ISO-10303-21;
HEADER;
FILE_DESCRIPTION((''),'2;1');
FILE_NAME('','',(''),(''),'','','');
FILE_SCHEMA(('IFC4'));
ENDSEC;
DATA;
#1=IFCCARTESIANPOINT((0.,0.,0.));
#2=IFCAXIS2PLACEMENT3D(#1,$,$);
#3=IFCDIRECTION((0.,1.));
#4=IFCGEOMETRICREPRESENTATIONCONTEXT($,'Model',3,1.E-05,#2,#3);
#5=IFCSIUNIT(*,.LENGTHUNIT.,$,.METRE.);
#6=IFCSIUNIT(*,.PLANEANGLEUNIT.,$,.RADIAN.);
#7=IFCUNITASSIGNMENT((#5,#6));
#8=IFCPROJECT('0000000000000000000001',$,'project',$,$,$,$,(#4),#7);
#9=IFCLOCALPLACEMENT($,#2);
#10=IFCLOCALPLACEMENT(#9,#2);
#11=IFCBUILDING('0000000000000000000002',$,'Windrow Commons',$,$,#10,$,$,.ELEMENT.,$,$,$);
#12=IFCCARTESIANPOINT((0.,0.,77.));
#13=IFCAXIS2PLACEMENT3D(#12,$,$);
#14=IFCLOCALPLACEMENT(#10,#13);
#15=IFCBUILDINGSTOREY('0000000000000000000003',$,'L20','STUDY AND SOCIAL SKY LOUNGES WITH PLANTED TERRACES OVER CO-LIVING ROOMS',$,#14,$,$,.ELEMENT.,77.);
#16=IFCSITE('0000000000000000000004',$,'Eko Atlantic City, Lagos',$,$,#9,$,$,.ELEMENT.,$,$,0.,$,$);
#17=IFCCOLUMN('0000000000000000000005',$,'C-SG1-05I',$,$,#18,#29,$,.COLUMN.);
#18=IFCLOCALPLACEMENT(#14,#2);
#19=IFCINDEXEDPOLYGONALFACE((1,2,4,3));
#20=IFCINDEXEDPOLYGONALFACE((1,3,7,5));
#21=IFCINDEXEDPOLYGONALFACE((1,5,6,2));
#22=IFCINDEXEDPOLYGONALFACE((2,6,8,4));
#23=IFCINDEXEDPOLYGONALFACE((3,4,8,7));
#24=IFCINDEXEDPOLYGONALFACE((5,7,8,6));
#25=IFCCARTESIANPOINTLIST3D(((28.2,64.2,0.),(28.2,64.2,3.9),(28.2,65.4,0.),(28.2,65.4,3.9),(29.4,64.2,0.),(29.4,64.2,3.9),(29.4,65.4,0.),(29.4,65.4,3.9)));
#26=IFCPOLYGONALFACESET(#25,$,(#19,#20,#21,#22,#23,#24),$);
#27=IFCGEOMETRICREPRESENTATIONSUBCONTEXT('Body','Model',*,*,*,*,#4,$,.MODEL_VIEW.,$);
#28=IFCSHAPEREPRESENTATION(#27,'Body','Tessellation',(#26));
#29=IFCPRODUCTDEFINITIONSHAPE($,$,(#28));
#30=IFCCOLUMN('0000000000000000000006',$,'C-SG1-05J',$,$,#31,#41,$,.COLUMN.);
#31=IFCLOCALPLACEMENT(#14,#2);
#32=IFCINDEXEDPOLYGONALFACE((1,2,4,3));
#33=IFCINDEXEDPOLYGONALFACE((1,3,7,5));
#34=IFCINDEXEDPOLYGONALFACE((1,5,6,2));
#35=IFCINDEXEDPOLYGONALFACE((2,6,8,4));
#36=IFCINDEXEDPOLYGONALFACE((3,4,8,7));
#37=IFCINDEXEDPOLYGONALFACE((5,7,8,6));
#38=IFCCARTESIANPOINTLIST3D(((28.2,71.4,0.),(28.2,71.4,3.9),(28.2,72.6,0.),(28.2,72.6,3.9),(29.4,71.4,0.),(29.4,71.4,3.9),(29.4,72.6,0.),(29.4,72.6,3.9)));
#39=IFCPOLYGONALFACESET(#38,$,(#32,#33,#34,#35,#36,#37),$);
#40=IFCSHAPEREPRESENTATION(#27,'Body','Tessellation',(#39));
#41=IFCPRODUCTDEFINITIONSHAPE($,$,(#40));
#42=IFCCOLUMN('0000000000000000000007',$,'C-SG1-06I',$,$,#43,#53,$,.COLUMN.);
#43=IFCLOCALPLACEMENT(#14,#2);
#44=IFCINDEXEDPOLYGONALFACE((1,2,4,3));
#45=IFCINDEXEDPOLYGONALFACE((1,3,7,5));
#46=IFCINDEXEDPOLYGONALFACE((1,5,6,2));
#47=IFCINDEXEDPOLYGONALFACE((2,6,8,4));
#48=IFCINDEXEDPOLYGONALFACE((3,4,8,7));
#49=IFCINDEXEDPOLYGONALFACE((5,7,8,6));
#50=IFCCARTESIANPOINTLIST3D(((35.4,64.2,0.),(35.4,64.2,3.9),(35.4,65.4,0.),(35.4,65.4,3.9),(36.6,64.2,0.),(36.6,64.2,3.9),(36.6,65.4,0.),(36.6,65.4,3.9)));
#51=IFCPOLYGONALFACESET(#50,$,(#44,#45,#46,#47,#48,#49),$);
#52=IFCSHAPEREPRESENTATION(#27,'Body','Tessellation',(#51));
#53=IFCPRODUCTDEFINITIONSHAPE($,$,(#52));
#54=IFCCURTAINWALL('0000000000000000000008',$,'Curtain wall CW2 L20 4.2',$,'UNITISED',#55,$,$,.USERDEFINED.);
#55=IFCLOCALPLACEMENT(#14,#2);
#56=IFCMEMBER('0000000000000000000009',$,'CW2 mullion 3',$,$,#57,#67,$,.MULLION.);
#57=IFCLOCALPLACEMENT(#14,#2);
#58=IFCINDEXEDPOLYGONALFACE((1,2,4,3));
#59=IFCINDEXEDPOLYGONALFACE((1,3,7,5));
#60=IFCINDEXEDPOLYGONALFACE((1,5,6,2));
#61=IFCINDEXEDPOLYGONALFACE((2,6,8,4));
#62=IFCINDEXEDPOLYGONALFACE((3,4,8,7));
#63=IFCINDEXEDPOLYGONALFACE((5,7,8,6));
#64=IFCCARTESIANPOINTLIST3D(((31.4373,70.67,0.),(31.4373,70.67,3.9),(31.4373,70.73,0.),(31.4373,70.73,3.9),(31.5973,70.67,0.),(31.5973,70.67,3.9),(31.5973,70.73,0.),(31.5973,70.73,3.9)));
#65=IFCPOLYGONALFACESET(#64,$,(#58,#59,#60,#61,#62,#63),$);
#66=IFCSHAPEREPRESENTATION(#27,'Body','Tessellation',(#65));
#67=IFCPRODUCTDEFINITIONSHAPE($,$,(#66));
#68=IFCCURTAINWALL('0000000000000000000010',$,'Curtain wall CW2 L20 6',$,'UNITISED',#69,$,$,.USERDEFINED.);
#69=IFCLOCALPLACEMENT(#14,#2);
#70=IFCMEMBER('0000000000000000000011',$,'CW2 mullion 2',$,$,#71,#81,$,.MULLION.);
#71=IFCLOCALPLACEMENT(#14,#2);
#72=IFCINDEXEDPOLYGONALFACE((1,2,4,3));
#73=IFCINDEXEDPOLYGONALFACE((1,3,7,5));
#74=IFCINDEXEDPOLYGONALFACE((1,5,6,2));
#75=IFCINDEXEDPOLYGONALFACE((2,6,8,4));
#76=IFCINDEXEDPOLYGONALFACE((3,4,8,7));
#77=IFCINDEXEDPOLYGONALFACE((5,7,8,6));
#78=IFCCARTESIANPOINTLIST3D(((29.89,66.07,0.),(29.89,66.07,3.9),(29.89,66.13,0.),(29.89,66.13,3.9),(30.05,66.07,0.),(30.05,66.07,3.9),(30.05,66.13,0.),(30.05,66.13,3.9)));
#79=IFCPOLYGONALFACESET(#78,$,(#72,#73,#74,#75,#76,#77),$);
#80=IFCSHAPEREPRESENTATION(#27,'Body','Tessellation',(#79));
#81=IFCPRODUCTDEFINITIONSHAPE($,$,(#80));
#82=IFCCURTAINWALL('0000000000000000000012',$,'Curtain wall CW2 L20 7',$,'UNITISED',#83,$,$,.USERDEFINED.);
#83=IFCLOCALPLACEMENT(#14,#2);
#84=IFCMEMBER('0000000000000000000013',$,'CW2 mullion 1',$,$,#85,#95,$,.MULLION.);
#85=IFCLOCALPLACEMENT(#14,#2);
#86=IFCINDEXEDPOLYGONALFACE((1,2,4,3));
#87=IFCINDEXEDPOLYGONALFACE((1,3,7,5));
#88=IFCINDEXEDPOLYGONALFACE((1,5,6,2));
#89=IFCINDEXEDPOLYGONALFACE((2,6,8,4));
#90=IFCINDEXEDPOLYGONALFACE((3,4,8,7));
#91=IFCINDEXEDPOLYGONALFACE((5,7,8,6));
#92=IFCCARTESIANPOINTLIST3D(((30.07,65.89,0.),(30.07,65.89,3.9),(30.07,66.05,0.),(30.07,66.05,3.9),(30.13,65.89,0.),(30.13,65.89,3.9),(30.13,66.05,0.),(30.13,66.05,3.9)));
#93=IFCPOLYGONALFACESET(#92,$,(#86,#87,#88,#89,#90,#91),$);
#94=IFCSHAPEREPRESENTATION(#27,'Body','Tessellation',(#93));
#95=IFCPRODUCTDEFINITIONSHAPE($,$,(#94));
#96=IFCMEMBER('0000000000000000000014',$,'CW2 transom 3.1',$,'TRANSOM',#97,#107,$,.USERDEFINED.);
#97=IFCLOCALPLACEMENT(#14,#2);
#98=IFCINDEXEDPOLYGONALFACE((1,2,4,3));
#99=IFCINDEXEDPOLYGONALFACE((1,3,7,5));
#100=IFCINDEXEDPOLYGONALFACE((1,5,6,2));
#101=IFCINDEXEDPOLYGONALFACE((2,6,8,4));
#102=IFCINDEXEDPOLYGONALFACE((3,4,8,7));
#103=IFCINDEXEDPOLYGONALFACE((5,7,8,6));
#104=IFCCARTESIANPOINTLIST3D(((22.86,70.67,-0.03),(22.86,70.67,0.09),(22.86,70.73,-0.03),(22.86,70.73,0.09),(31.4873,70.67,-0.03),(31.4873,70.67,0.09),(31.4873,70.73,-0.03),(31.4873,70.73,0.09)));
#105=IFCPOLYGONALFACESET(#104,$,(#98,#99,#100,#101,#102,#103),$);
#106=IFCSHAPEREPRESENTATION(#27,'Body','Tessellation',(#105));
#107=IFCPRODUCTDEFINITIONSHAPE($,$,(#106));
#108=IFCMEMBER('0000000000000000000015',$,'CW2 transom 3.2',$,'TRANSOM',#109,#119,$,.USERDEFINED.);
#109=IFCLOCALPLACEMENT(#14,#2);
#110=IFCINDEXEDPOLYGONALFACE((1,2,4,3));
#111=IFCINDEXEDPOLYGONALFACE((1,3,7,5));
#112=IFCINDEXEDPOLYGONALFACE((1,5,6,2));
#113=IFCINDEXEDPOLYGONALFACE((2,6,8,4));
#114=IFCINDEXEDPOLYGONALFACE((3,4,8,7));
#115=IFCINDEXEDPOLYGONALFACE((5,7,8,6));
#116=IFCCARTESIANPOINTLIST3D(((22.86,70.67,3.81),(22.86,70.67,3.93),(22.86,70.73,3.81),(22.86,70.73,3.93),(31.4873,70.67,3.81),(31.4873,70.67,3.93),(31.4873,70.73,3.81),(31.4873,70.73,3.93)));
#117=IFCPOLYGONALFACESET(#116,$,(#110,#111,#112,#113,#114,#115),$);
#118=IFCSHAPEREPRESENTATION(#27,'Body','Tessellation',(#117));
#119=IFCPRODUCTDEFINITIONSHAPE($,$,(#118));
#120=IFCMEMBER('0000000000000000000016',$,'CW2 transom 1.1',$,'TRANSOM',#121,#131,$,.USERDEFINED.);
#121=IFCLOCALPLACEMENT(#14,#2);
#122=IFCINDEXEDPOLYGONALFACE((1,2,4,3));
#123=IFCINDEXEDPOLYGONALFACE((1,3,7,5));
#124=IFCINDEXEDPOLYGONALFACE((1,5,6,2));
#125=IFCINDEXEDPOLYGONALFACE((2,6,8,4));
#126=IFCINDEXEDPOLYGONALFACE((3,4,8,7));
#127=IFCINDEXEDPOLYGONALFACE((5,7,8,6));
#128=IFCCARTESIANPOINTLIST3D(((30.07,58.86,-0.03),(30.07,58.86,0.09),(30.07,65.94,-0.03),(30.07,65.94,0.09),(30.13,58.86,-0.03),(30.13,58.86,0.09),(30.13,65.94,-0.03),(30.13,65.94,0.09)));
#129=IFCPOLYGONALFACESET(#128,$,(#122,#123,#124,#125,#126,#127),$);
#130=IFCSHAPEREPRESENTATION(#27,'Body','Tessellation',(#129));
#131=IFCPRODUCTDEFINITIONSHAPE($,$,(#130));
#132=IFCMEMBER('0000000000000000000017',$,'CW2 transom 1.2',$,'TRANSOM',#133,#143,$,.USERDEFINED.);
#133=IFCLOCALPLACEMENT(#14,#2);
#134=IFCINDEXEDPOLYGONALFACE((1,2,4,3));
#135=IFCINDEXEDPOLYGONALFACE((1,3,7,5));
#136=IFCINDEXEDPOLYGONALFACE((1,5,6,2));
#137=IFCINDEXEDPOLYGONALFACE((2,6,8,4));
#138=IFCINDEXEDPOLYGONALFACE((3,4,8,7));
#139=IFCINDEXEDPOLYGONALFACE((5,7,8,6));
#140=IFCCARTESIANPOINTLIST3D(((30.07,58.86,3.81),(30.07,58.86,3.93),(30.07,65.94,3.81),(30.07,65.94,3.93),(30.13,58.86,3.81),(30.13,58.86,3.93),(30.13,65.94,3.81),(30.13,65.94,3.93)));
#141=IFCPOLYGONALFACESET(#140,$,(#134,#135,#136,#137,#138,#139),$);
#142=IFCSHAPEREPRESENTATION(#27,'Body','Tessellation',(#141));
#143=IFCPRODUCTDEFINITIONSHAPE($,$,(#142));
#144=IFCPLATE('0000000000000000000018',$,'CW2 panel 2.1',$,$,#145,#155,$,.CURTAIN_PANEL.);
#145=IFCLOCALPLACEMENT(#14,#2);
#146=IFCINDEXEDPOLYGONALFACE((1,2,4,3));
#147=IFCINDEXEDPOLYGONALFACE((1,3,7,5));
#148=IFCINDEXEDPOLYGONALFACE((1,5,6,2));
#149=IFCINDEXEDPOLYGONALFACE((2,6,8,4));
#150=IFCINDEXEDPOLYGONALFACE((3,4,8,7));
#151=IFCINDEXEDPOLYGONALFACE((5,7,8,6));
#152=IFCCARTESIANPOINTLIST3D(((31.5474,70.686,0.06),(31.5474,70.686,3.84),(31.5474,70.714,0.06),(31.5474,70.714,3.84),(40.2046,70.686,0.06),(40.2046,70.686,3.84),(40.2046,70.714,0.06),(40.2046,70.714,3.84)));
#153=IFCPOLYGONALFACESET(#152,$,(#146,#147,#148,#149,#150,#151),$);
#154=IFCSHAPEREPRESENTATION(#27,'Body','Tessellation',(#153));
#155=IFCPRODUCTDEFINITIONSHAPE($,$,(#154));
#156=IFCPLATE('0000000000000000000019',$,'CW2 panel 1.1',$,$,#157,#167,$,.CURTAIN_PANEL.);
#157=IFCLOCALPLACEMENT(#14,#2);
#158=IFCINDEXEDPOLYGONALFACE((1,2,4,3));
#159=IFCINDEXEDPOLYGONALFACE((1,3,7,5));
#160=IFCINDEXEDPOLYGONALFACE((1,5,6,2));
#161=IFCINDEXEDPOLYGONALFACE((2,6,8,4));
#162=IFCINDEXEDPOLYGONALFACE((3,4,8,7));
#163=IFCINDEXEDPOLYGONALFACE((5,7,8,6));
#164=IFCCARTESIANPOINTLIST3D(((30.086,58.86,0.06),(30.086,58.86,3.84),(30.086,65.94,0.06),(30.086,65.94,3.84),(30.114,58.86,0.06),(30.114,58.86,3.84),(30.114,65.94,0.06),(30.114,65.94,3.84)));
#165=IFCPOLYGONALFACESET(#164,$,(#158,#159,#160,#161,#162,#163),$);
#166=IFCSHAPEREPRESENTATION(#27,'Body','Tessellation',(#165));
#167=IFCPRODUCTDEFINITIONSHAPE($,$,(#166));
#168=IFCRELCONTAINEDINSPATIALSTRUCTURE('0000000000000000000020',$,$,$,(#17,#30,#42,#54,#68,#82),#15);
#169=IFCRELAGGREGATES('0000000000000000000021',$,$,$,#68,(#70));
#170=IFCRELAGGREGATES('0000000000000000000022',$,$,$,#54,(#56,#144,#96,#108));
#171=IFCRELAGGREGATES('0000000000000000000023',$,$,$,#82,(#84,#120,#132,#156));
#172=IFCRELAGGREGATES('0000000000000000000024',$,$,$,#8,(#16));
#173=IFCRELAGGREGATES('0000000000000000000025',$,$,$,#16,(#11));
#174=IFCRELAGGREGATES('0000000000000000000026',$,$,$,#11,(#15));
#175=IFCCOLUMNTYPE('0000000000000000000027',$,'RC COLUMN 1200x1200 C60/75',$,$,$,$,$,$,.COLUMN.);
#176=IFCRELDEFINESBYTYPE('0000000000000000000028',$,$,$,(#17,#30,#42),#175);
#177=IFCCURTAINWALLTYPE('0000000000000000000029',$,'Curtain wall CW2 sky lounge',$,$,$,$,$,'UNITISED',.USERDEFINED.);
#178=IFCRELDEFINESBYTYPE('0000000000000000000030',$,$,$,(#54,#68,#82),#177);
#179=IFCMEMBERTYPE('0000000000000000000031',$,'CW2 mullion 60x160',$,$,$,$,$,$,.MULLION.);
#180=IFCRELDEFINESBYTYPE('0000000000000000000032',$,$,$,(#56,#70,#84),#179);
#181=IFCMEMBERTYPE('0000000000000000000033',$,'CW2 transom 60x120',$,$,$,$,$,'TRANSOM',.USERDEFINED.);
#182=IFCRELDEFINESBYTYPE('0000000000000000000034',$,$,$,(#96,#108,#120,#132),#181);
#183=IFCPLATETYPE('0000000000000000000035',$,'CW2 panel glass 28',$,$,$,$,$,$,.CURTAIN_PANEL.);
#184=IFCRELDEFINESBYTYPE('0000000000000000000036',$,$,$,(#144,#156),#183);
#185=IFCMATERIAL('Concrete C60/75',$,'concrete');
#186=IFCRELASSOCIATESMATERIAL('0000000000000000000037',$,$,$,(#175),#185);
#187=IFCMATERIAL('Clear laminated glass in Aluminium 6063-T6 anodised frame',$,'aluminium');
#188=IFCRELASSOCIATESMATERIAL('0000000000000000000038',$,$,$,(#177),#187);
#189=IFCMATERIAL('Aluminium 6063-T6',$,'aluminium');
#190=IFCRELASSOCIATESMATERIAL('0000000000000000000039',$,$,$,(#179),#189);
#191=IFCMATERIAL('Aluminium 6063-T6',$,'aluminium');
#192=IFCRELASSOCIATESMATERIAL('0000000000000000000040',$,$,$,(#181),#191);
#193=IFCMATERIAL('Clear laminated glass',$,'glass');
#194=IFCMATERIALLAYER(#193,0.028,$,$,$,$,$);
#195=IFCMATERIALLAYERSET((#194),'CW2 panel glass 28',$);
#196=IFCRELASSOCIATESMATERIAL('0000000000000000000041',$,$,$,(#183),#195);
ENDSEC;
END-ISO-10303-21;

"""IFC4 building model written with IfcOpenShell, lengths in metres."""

from ifc_helpers import new_model, si_unit, direction, frame, origin, origin_2d, place, context, subcontext, project, spatial, rectangle, extrude, material, layer, layer_set, material_profile, profile_set, type_object, element, aggregate, save


model = new_model("IFC4")

# Units and contexts
model_context = context("Model", 3, precision=1e-05, world=origin(), true_north=direction((0.0, 1.0)))
body_context = subcontext(model_context, "Body", "Model", "MODEL_VIEW")
ifc_project = project(units=[si_unit("LENGTHUNIT", "METRE"), si_unit("PLANEANGLEUNIT", "RADIAN")], contexts=[model_context])

# Site, building, storey
site_placement = place(None, origin())
site = spatial("IfcSite", under=ifc_project, at=site_placement, Name="Eko Atlantic City, Lagos", CompositionType="ELEMENT", RefElevation=0.0)
building_placement = place(site_placement, origin())
building = spatial("IfcBuilding", under=site, at=building_placement, Name="Windrow Commons", CompositionType="ELEMENT")
storey_placement = place(building_placement, frame((0.0, 0.0, 77.0)))
storey = spatial("IfcBuildingStorey", under=building, at=storey_placement, Name="L20", Description="STUDY AND SOCIAL SKY LOUNGES WITH PLANTED TERRACES OVER CO-LIVING ROOMS", CompositionType="ELEMENT", Elevation=77.0)

# Columns
ifc_material_1 = material(Name="Concrete C60/75", Category="concrete")
ifc_material_profile_1 = material_profile(ifc_material_1, rectangle(XDim=1.2, YDim=1.2, at=origin_2d()))
ifc_profile_set_1 = profile_set([ifc_material_profile_1], Name="Concrete C60/75")
column_type = type_object("IfcColumnType", Name="RC COLUMN 1200x1200 C60/75", PredefinedType="COLUMN", material=ifc_profile_set_1)
for number, where, z_axis, x_axis, name in (
    (1, (28.8, 64.8, 0.0), (0.0, 0.0, 1.0), (1.0, 0.0, 0.0), "C-SG1-05I"),
    (2, (28.8, 72.0, 0.0), (0.0, 0.0, 1.0), (1.0, 0.0, 0.0), "C-SG1-05J"),
    (3, (36.0, 64.8, 0.0), (0.0, 0.0, 1.0), (1.0, 0.0, 0.0), "C-SG1-06I"),
):
    element("IfcColumn", number, at=place(storey_placement, frame(where, z_axis=z_axis, x_axis=x_axis)), inside=storey, type_object=column_type, Name=name, PredefinedType="COLUMN", context=body_context, shape_type="SweptSolid", body=[
        extrude(rectangle(XDim=1.2, YDim=1.2, at=origin_2d()), origin(), (0.0, 0.0, 1.0), 3.9),
    ])

# Curtain walls, members
ifc_material_2 = material(Name="Clear laminated glass in Aluminium 6063-T6 anodised frame", Category="aluminium")
curtain_wall_type = type_object("IfcCurtainWallType", Name="Curtain wall CW2 sky lounge", ElementType="UNITISED", PredefinedType="USERDEFINED", material=ifc_material_2)
placement = place(storey_placement, origin())
curtain_wall_1 = element("IfcCurtainWall", 4, at=placement, inside=storey, type_object=curtain_wall_type, Name="Curtain wall CW2 L20 4.2", ObjectType="UNITISED", PredefinedType="USERDEFINED")
ifc_material_3 = material(Name="Aluminium 6063-T6", Category="aluminium")
ifc_material_profile_2 = material_profile(ifc_material_3, rectangle(XDim=0.06, YDim=0.16, at=origin_2d()))
ifc_profile_set_2 = profile_set([ifc_material_profile_2], Name="Aluminium 6063-T6")
member_type_1 = type_object("IfcMemberType", Name="CW2 mullion 60x160", PredefinedType="MULLION", material=ifc_profile_set_2)
member_1_placement = place(storey_placement, frame((31.5173, 70.7, 0.0), z_axis=(0.0, 0.0, 1.0), x_axis=(0.0, -1.0, 0.0)))
member_1 = element("IfcMember", 5, at=member_1_placement, type_object=member_type_1, Name="CW2 mullion 3", PredefinedType="MULLION", context=body_context, shape_type="SweptSolid", body=[
    extrude(rectangle(XDim=0.06, YDim=0.16, at=origin_2d()), origin(), (0.0, 0.0, 1.0), 3.9),
])
curtain_wall_2 = element("IfcCurtainWall", 6, at=placement, inside=storey, type_object=curtain_wall_type, Name="Curtain wall CW2 L20 6", ObjectType="UNITISED", PredefinedType="USERDEFINED")
member_2_placement = place(storey_placement, frame((29.97, 66.1, 0.0), z_axis=(0.0, 0.0, 1.0), x_axis=(0.0, 1.0, 0.0)))
member_2 = element("IfcMember", 7, at=member_2_placement, type_object=member_type_1, Name="CW2 mullion 2", PredefinedType="MULLION", context=body_context, shape_type="SweptSolid", body=[
    extrude(rectangle(XDim=0.06, YDim=0.16, at=origin_2d()), origin(), (0.0, 0.0, 1.0), 3.9),
])
aggregate(curtain_wall_2, [member_2])
curtain_wall_3 = element("IfcCurtainWall", 8, at=placement, inside=storey, type_object=curtain_wall_type, Name="Curtain wall CW2 L20 7", ObjectType="UNITISED", PredefinedType="USERDEFINED")
member_3_placement = place(storey_placement, frame((30.1, 65.97, 0.0), z_axis=(0.0, 0.0, 1.0), x_axis=(1.0, 0.0, 0.0)))
member_3 = element("IfcMember", 9, at=member_3_placement, type_object=member_type_1, Name="CW2 mullion 1", PredefinedType="MULLION", context=body_context, shape_type="SweptSolid", body=[
    extrude(rectangle(XDim=0.06, YDim=0.16, at=origin_2d()), origin(), (0.0, 0.0, 1.0), 3.9),
])

# Members
ifc_material_4 = material(Name="Aluminium 6063-T6", Category="aluminium")
ifc_material_profile_3 = material_profile(ifc_material_4, rectangle(XDim=0.06, YDim=0.12, at=origin_2d()))
ifc_profile_set_3 = profile_set([ifc_material_profile_3], Name="Aluminium 6063-T6")
member_type_2 = type_object("IfcMemberType", Name="CW2 transom 60x120", ElementType="TRANSOM", PredefinedType="USERDEFINED", material=ifc_profile_set_3)
member_4_placement = place(storey_placement, frame((31.4873, 70.7, 0.03), z_axis=(-1.0, 0.0, 0.0), x_axis=(0.0, -1.0, 0.0)))
member_4 = element("IfcMember", 10, at=member_4_placement, type_object=member_type_2, Name="CW2 transom 3.1", ObjectType="TRANSOM", PredefinedType="USERDEFINED", context=body_context, shape_type="SweptSolid", body=[
    extrude(rectangle(XDim=0.06, YDim=0.12, at=origin_2d()), origin(), (0.0, 0.0, 1.0), 8.6273),
])
member_5_placement = place(storey_placement, frame((31.4873, 70.7, 3.87), z_axis=(-1.0, 0.0, 0.0), x_axis=(0.0, -1.0, 0.0)))
member_5 = element("IfcMember", 11, at=member_5_placement, type_object=member_type_2, Name="CW2 transom 3.2", ObjectType="TRANSOM", PredefinedType="USERDEFINED", context=body_context, shape_type="SweptSolid", body=[
    extrude(rectangle(XDim=0.06, YDim=0.12, at=origin_2d()), origin(), (0.0, 0.0, 1.0), 8.6273),
])
member_6_placement = place(storey_placement, frame((30.1, 65.94, 0.03), z_axis=(0.0, -1.0, 0.0), x_axis=(1.0, 0.0, 0.0)))
member_6 = element("IfcMember", 12, at=member_6_placement, type_object=member_type_2, Name="CW2 transom 1.1", ObjectType="TRANSOM", PredefinedType="USERDEFINED", context=body_context, shape_type="SweptSolid", body=[
    extrude(rectangle(XDim=0.06, YDim=0.12, at=origin_2d()), origin(), (0.0, 0.0, 1.0), 7.08),
])
member_7_placement = place(storey_placement, frame((30.1, 65.94, 3.87), z_axis=(0.0, -1.0, 0.0), x_axis=(1.0, 0.0, 0.0)))
member_7 = element("IfcMember", 13, at=member_7_placement, type_object=member_type_2, Name="CW2 transom 1.2", ObjectType="TRANSOM", PredefinedType="USERDEFINED", context=body_context, shape_type="SweptSolid", body=[
    extrude(rectangle(XDim=0.06, YDim=0.12, at=origin_2d()), origin(), (0.0, 0.0, 1.0), 7.08),
])

# Plates
ifc_material_5 = material(Name="Clear laminated glass", Category="glass")
ifc_layer_1 = layer(ifc_material_5, 0.028)
ifc_layer_set_1 = layer_set([ifc_layer_1], Name="CW2 panel glass 28")
plate_type = type_object("IfcPlateType", Name="CW2 panel glass 28", PredefinedType="CURTAIN_PANEL", material=ifc_layer_set_1)
plate_1_placement = place(storey_placement, frame((35.876, 70.7, 0.06), z_axis=(0.0, 0.0, 1.0), x_axis=(-1.0, 0.0, 0.0)))
plate_1 = element("IfcPlate", 14, at=plate_1_placement, type_object=plate_type, Name="CW2 panel 2.1", PredefinedType="CURTAIN_PANEL", context=body_context, shape_type="SweptSolid", body=[
    extrude(rectangle(XDim=8.6573, YDim=0.028, at=origin_2d()), origin(), (0.0, 0.0, 1.0), 3.78),
])
aggregate(curtain_wall_1, [member_1, plate_1, member_4, member_5])
plate_2_placement = place(storey_placement, frame((30.1, 62.4, 0.06), z_axis=(0.0, 0.0, 1.0), x_axis=(0.0, -1.0, 0.0)))
plate_2 = element("IfcPlate", 15, at=plate_2_placement, type_object=plate_type, Name="CW2 panel 1.1", PredefinedType="CURTAIN_PANEL", context=body_context, shape_type="SweptSolid", body=[
    extrude(rectangle(XDim=7.08, YDim=0.028, at=origin_2d()), origin(), (0.0, 0.0, 1.0), 3.78),
])
aggregate(curtain_wall_3, [member_3, member_6, member_7, plate_2])

save(model, "model.ifc")
